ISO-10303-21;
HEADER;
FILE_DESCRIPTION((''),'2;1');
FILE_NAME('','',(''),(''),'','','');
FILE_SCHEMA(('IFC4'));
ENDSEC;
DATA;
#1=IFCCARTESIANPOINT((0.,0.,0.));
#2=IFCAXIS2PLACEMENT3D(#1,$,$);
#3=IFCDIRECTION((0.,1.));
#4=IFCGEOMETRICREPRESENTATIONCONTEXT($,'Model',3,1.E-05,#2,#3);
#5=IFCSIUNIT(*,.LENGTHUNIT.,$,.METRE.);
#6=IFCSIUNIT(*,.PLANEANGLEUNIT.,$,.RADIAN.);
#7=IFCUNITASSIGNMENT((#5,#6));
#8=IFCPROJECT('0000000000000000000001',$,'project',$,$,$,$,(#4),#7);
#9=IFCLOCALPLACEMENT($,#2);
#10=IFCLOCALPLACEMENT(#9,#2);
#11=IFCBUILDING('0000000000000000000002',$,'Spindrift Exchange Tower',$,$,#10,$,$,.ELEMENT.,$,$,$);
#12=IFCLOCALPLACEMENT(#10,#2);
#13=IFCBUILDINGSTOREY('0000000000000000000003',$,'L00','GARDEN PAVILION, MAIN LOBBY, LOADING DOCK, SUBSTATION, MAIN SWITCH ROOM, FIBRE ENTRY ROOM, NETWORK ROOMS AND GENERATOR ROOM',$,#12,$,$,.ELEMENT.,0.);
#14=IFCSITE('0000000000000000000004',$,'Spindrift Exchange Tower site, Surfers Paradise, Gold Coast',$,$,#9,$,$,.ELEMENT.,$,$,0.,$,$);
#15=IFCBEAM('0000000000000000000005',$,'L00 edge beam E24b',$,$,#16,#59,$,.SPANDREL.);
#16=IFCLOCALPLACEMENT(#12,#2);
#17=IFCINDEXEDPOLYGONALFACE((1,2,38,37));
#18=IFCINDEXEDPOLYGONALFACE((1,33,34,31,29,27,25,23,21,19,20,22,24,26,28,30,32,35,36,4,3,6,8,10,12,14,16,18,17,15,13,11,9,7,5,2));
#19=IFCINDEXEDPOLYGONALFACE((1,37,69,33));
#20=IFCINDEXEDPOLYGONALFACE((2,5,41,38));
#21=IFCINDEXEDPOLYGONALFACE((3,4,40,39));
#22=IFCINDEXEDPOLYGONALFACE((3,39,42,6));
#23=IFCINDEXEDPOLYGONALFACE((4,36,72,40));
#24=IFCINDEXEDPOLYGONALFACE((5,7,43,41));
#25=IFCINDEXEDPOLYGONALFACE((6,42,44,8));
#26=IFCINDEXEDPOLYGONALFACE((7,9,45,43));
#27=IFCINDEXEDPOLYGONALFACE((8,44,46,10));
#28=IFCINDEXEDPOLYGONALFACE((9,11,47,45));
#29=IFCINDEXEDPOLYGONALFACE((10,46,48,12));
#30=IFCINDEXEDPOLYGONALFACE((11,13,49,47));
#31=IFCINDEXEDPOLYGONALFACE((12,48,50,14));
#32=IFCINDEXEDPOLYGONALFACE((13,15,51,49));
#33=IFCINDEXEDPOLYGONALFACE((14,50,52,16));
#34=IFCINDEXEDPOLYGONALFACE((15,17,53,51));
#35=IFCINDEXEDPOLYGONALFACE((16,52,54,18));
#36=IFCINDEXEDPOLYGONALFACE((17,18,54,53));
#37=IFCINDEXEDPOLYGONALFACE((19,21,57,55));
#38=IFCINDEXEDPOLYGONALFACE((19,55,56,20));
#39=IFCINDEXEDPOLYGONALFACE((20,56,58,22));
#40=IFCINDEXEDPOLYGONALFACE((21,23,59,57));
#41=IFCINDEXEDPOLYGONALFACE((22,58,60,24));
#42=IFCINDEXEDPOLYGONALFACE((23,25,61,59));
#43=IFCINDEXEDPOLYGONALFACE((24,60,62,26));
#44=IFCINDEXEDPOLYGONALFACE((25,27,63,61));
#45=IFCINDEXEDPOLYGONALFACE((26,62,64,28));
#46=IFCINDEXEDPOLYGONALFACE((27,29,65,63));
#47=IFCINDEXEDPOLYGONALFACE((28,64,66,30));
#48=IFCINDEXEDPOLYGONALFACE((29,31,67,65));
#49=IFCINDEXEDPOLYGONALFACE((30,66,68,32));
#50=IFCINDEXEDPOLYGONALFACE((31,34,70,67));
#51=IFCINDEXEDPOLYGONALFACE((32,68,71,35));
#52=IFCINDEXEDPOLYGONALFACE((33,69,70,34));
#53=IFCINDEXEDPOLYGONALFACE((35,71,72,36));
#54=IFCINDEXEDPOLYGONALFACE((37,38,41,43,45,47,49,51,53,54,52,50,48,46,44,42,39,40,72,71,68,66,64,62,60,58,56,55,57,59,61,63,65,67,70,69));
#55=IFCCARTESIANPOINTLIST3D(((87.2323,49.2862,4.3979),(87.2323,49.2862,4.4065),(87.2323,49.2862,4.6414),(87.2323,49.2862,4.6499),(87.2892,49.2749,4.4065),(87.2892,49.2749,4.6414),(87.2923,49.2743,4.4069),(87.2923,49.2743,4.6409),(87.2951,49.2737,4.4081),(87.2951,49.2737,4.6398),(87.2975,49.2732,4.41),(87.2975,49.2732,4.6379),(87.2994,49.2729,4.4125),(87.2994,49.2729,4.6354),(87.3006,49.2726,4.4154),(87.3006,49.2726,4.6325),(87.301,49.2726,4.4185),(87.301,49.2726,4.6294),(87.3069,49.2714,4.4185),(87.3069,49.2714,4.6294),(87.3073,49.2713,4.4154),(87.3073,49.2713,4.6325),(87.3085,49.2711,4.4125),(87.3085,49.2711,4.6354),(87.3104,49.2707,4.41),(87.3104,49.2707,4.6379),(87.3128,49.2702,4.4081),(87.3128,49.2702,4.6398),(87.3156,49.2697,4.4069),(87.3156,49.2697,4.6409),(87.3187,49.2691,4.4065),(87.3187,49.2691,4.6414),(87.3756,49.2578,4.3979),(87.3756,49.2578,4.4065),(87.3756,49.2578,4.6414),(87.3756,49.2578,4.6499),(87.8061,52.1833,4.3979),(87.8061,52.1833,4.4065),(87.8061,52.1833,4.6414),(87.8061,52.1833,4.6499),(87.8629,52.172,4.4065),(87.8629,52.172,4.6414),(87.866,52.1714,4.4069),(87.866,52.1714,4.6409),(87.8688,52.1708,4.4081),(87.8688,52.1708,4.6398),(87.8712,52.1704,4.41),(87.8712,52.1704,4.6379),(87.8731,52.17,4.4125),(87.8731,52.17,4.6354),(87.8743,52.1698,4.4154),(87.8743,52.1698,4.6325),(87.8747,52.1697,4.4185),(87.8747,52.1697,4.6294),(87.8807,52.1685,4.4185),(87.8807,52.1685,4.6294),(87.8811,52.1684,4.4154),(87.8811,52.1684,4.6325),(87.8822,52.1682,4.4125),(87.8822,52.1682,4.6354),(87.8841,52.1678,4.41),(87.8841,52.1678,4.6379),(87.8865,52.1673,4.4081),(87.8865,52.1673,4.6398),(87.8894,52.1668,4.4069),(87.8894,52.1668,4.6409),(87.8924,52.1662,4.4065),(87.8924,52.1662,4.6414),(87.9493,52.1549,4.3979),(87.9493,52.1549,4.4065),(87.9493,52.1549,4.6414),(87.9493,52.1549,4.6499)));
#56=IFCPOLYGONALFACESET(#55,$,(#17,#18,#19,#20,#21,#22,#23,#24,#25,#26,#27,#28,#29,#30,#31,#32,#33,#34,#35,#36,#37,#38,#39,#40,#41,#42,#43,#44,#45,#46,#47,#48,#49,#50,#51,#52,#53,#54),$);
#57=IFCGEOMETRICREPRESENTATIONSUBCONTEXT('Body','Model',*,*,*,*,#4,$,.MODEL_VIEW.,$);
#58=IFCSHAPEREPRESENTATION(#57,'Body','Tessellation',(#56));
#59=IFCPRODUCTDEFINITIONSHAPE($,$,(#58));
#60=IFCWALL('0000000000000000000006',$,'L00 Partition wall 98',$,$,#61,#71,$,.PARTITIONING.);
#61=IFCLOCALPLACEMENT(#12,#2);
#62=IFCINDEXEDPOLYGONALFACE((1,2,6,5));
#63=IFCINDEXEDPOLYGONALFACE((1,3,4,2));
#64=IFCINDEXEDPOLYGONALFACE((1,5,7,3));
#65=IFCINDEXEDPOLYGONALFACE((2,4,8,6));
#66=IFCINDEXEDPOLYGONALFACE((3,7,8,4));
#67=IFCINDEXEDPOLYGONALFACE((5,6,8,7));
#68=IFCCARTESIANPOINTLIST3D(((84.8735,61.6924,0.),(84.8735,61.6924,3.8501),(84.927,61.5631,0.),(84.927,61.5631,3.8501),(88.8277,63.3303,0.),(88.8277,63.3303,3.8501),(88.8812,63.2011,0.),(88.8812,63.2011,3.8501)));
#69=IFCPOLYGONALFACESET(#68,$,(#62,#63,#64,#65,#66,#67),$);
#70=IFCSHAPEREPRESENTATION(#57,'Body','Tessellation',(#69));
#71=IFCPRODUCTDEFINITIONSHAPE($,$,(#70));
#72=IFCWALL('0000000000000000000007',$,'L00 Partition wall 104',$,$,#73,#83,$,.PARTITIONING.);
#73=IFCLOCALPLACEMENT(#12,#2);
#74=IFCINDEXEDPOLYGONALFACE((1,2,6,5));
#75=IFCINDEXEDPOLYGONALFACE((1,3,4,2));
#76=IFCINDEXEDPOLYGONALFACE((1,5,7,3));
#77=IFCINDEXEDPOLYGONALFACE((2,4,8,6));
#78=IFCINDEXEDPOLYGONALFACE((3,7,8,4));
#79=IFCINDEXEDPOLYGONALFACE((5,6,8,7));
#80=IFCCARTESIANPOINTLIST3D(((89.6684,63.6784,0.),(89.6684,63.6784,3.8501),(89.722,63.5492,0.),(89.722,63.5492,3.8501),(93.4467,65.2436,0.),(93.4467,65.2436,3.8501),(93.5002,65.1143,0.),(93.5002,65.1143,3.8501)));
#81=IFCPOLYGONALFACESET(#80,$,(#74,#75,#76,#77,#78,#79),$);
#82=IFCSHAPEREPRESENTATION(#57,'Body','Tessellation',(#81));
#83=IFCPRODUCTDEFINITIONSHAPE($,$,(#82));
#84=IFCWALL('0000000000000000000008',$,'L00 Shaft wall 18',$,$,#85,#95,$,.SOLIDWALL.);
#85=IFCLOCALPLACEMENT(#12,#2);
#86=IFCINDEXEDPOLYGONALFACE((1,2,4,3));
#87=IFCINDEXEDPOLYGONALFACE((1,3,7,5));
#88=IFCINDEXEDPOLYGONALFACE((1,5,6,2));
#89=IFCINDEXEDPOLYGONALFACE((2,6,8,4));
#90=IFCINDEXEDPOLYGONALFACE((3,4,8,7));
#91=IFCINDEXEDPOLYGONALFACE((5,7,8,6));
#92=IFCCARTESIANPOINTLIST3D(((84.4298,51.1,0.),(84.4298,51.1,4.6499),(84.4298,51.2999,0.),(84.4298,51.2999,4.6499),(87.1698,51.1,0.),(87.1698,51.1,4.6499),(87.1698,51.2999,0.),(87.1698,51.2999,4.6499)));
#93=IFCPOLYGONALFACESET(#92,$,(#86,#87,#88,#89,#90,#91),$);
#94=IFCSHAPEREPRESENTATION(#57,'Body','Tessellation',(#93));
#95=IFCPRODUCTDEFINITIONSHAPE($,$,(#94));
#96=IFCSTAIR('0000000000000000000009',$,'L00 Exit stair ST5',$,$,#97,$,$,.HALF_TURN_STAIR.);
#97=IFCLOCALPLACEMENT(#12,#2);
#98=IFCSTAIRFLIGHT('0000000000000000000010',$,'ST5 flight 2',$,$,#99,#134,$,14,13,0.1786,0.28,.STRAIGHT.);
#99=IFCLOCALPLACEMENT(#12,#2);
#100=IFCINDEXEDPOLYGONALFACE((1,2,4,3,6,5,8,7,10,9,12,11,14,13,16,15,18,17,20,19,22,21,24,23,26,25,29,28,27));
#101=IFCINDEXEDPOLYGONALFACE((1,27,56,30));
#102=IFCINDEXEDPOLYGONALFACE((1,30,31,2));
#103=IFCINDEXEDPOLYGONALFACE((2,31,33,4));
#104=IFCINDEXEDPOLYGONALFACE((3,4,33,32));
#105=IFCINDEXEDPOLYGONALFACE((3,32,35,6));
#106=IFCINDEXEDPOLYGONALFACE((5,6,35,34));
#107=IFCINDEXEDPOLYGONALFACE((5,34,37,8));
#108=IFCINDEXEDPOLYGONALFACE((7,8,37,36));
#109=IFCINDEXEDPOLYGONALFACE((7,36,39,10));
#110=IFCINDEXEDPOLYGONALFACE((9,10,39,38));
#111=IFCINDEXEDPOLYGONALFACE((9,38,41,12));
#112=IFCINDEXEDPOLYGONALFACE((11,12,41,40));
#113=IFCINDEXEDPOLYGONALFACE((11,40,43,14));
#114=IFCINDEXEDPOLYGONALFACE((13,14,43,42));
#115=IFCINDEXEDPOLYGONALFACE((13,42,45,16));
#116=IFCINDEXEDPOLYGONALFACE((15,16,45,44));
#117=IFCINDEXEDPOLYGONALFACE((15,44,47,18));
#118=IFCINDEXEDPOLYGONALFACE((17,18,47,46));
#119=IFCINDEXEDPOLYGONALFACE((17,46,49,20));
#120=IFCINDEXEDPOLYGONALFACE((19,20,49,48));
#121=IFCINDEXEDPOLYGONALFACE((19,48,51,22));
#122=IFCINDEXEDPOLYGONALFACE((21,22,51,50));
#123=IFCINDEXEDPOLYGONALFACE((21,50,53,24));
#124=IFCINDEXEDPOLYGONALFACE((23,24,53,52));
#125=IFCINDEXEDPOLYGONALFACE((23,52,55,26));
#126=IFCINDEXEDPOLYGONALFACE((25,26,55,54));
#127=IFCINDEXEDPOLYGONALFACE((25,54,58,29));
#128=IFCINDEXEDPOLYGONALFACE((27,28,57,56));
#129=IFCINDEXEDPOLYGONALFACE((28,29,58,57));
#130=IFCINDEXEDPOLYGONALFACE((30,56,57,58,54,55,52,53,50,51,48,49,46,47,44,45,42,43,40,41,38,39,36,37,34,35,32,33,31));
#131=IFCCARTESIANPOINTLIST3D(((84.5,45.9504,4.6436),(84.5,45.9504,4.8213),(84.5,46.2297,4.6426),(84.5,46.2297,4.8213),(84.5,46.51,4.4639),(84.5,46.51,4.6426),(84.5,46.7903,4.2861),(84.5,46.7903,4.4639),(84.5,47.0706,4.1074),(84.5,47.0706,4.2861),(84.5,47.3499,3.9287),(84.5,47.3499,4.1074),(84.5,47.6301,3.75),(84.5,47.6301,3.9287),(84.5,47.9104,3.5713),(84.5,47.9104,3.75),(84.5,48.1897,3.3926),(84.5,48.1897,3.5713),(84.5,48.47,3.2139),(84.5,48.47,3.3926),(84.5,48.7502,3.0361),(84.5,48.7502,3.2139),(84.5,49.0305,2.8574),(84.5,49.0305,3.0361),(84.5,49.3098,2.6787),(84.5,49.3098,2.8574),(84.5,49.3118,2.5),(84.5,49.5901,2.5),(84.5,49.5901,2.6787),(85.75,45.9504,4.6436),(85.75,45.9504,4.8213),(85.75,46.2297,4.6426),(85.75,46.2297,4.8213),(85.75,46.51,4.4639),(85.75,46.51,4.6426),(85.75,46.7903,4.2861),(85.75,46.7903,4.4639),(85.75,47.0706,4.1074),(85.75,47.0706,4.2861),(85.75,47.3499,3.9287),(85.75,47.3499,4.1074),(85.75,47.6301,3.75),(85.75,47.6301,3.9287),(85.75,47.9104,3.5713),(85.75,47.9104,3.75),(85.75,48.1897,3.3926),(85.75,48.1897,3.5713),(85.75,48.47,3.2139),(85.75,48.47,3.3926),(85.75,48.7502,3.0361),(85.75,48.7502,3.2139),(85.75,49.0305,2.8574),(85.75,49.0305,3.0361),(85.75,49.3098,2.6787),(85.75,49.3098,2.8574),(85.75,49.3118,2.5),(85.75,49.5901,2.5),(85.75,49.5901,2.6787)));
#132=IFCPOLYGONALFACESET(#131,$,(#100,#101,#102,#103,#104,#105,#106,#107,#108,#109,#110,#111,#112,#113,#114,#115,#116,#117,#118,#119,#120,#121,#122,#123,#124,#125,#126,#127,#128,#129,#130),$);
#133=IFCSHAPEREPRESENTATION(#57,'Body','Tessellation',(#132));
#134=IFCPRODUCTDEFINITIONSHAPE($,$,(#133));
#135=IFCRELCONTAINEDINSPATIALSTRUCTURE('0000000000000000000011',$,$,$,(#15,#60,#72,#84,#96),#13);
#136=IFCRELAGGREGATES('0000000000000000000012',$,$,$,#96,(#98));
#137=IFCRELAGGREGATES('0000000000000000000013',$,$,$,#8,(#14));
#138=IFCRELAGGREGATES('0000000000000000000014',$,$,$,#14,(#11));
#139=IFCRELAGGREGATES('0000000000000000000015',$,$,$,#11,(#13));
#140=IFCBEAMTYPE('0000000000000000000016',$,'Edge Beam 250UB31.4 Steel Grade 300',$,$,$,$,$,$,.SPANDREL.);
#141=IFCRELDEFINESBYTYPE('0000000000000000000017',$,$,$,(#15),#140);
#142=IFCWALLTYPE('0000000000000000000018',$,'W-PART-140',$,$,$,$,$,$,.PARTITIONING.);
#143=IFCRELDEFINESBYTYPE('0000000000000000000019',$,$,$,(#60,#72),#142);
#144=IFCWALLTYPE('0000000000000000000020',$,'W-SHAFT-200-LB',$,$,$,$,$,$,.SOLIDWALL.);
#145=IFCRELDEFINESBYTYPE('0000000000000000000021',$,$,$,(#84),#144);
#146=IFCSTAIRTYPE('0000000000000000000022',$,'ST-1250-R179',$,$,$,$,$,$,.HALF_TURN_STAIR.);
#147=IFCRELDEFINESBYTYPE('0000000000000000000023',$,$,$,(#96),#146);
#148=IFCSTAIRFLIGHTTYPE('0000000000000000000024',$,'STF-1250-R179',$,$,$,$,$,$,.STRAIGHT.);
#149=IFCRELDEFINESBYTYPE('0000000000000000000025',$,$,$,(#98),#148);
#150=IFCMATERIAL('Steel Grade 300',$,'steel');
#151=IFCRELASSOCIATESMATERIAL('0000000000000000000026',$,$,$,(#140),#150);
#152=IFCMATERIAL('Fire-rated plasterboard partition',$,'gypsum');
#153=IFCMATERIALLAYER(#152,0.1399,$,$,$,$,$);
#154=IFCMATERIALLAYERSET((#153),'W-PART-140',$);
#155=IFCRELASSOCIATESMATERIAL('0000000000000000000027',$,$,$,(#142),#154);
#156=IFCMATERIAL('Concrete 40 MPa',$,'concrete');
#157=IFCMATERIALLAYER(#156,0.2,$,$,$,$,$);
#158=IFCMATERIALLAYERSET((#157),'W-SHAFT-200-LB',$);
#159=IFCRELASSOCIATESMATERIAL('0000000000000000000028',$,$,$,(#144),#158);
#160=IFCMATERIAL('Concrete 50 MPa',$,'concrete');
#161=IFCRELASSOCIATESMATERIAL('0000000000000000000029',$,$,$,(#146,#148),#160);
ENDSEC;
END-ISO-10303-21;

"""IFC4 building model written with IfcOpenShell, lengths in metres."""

from ifc_helpers import new_model, si_unit, direction, frame, frame_2d, origin, origin_2d, place, context, subcontext, project, spatial, line, indexed_curve, rectangle, i_section, outline, extrude, source, transform, mapped, material, layer, layer_set, material_profile, profile_set, type_object, element, aggregate, save


model = new_model("IFC4")

# Units and contexts
model_context = context("Model", 3, precision=1e-05, world=origin(), true_north=direction((0.0, 1.0)))
body_context = subcontext(model_context, "Body", "Model", "MODEL_VIEW")
ifc_project = project(units=[si_unit("LENGTHUNIT", "METRE"), si_unit("PLANEANGLEUNIT", "RADIAN")], contexts=[model_context])

# Site, building, storey
site_placement = place(None, origin())
site = spatial("IfcSite", under=ifc_project, at=site_placement, Name="Spindrift Exchange Tower site, Surfers Paradise, Gold Coast", CompositionType="ELEMENT", RefElevation=0.0)
building_placement = place(site_placement, origin())
building = spatial("IfcBuilding", under=site, at=building_placement, Name="Spindrift Exchange Tower", CompositionType="ELEMENT")
storey_placement = place(building_placement, origin())
storey = spatial("IfcBuildingStorey", under=building, at=storey_placement, Name="L00", Description="GARDEN PAVILION, MAIN LOBBY, LOADING DOCK, SUBSTATION, MAIN SWITCH ROOM, FIBRE ENTRY ROOM, NETWORK ROOMS AND GENERATOR ROOM", CompositionType="ELEMENT", Elevation=0.0)

# Shared definitions
ifc_material_1 = material(Name="Concrete 40 MPa", Category="concrete")

# Shared definitions
ifc_material_2 = material(Name="Concrete 50 MPa", Category="concrete")

# Beam
ifc_material_3 = material(Name="Steel Grade 300", Category="steel")
ifc_material_profile_1 = material_profile(ifc_material_3, i_section(OverallWidth=0.146, OverallDepth=0.252, WebThickness=0.0061, FlangeThickness=0.0085, FilletRadius=0.012, at=origin_2d()), Name="250UB31.4")
ifc_profile_set_1 = profile_set([ifc_material_profile_1], Name="Steel Grade 300")
beam_type_1 = type_object("IfcBeamType", Name="Edge Beam 250UB31.4 Steel Grade 300", PredefinedType="SPANDREL", material=ifc_profile_set_1)
shared_shape_1 = source(origin(), body_context, "Body", "SweptSolid", [
    extrude(i_section(OverallWidth=0.146, OverallDepth=0.252, WebThickness=0.0061, FlangeThickness=0.0085, FilletRadius=0.012, at=origin_2d()), origin(), (0.0, 0.0, 1.0), 2.9534),
])
beam_1_placement = place(storey_placement, frame((87.304, 49.272, 4.5239), z_axis=(0.194256, 0.980951, 0.0), x_axis=(-0.980951, 0.194256, 0.0)))
element("IfcBeam", 1, at=beam_1_placement, inside=storey, type_object=beam_type_1, Name="L00 edge beam E24b", PredefinedType="SPANDREL", context=body_context, shape_type="MappedRepresentation", body=[
    mapped(shared_shape_1, transform((0.0, 0.0, 0.0), scale=1.0)),
])

# Walls
ifc_material_4 = material(Name="Fire-rated plasterboard partition", Category="gypsum")
ifc_layer_1 = layer(ifc_material_4, 0.1399)
ifc_layer_set_1 = layer_set([ifc_layer_1], Name="W-PART-140")
wall_type_1 = type_object("IfcWallType", Name="W-PART-140", PredefinedType="PARTITIONING", material=ifc_layer_set_1)
wall_1_placement = place(storey_placement, frame((84.9001, 61.6277, 0.0), z_axis=(0.0, 0.0, 1.0), x_axis=(0.923872, 0.382703, 0.0)))
element("IfcWall", 2, at=wall_1_placement, inside=storey, type_object=wall_type_1, Name="L00 Partition wall 98", PredefinedType="PARTITIONING", context=body_context, shape_type="SweptSolid", body=[
    extrude(rectangle(XDim=4.28, YDim=0.1399, at=frame_2d((2.1401, 0.0))), origin(), (0.0, 0.0, 1.0), 3.8501),
])
wall_2_placement = place(storey_placement, frame((89.6951, 63.6138, 0.0), z_axis=(0.0, 0.0, 1.0), x_axis=(0.923866, 0.382716, 0.0)))
element("IfcWall", 3, at=wall_2_placement, inside=storey, type_object=wall_type_1, Name="L00 Partition wall 104", PredefinedType="PARTITIONING", context=body_context, shape_type="SweptSolid", body=[
    extrude(rectangle(XDim=4.0896, YDim=0.1399, at=frame_2d((2.0449, 0.0))), origin(), (0.0, 0.0, 1.0), 3.8501),
])
ifc_layer_2 = layer(ifc_material_1, 0.2)
ifc_layer_set_2 = layer_set([ifc_layer_2], Name="W-SHAFT-200-LB")
wall_type_2 = type_object("IfcWallType", Name="W-SHAFT-200-LB", PredefinedType="SOLIDWALL", material=ifc_layer_set_2)
wall_3_placement = place(storey_placement, frame((87.1699, 51.2, 0.0), z_axis=(0.0, 0.0, 1.0), x_axis=(-1.0, 0.0, 0.0)))
element("IfcWall", 4, at=wall_3_placement, inside=storey, type_object=wall_type_2, Name="L00 Shaft wall 18", PredefinedType="SOLIDWALL", context=body_context, shape_type="SweptSolid", body=[
    extrude(rectangle(XDim=2.74, YDim=0.2, at=frame_2d((1.3701, 0.0))), origin(), (0.0, 0.0, 1.0), 4.6499),
])

# Stair, stair flight
stair_type = type_object("IfcStairType", Name="ST-1250-R179", PredefinedType="HALF_TURN_STAIR", material=ifc_material_2)
stair_placement = place(storey_placement, origin())
stair = element("IfcStair", 5, at=stair_placement, inside=storey, type_object=stair_type, Name="L00 Exit stair ST5", PredefinedType="HALF_TURN_STAIR")
stair_flight_type = type_object("IfcStairFlightType", Name="STF-1250-R179", PredefinedType="STRAIGHT", material=ifc_material_2)
stair_flight_placement = place(storey_placement, frame((85.125, 49.5901, 2.5), z_axis=(0.0, 0.0, 1.0), x_axis=(0.0, -1.0, 0.0)))
stair_flight = element("IfcStairFlight", 6, at=stair_flight_placement, type_object=stair_flight_type, Name="ST5 flight 2", NumberOfRisers=14, NumberOfTreads=13, PredefinedType="STRAIGHT", RiserHeight=0.1786, TreadLength=0.28, context=body_context, shape_type="SweptSolid", body=[
    extrude(outline(indexed_curve([(0.0, 0.0), (0.0, 0.1787), (0.2803, 0.1787), (0.2803, 0.3574), (0.5596, 0.3574), (0.5596, 0.5361), (0.8398, 0.5361), (0.8398, 0.7139), (1.1201, 0.7139), (1.1201, 0.8926), (1.4004, 0.8926), (1.4004, 1.0713), (1.6797, 1.0713), (1.6797, 1.25), (1.96, 1.25), (1.96, 1.4287), (2.2402, 1.4287), (2.2402, 1.6074), (2.5195, 1.6074), (2.5195, 1.7861), (2.7998, 1.7861), (2.7998, 1.9639), (3.0801, 1.9639), (3.0801, 2.1426), (3.3604, 2.1426), (3.3604, 2.3213), (3.6396, 2.3213), (3.6396, 2.5), (3.6396, 2.1436), (0.2783, 0.0)], segments=[line(1, 2, 3, 4, 5, 6, 7, 8, 9, 10, 11, 12, 13, 14, 15, 16, 17, 18, 19, 20, 21, 22, 23, 24, 25, 26, 27, 28, 29, 30, 1)], self_intersect=False)), frame((0.0, 0.625, 0.0), z_axis=(0.0, -1.0, 0.0), x_axis=(1.0, 0.0, 0.0)), (0.0, 0.0, 1.0), 1.25),
])
aggregate(stair, [stair_flight])

save(model, "model.ifc")
